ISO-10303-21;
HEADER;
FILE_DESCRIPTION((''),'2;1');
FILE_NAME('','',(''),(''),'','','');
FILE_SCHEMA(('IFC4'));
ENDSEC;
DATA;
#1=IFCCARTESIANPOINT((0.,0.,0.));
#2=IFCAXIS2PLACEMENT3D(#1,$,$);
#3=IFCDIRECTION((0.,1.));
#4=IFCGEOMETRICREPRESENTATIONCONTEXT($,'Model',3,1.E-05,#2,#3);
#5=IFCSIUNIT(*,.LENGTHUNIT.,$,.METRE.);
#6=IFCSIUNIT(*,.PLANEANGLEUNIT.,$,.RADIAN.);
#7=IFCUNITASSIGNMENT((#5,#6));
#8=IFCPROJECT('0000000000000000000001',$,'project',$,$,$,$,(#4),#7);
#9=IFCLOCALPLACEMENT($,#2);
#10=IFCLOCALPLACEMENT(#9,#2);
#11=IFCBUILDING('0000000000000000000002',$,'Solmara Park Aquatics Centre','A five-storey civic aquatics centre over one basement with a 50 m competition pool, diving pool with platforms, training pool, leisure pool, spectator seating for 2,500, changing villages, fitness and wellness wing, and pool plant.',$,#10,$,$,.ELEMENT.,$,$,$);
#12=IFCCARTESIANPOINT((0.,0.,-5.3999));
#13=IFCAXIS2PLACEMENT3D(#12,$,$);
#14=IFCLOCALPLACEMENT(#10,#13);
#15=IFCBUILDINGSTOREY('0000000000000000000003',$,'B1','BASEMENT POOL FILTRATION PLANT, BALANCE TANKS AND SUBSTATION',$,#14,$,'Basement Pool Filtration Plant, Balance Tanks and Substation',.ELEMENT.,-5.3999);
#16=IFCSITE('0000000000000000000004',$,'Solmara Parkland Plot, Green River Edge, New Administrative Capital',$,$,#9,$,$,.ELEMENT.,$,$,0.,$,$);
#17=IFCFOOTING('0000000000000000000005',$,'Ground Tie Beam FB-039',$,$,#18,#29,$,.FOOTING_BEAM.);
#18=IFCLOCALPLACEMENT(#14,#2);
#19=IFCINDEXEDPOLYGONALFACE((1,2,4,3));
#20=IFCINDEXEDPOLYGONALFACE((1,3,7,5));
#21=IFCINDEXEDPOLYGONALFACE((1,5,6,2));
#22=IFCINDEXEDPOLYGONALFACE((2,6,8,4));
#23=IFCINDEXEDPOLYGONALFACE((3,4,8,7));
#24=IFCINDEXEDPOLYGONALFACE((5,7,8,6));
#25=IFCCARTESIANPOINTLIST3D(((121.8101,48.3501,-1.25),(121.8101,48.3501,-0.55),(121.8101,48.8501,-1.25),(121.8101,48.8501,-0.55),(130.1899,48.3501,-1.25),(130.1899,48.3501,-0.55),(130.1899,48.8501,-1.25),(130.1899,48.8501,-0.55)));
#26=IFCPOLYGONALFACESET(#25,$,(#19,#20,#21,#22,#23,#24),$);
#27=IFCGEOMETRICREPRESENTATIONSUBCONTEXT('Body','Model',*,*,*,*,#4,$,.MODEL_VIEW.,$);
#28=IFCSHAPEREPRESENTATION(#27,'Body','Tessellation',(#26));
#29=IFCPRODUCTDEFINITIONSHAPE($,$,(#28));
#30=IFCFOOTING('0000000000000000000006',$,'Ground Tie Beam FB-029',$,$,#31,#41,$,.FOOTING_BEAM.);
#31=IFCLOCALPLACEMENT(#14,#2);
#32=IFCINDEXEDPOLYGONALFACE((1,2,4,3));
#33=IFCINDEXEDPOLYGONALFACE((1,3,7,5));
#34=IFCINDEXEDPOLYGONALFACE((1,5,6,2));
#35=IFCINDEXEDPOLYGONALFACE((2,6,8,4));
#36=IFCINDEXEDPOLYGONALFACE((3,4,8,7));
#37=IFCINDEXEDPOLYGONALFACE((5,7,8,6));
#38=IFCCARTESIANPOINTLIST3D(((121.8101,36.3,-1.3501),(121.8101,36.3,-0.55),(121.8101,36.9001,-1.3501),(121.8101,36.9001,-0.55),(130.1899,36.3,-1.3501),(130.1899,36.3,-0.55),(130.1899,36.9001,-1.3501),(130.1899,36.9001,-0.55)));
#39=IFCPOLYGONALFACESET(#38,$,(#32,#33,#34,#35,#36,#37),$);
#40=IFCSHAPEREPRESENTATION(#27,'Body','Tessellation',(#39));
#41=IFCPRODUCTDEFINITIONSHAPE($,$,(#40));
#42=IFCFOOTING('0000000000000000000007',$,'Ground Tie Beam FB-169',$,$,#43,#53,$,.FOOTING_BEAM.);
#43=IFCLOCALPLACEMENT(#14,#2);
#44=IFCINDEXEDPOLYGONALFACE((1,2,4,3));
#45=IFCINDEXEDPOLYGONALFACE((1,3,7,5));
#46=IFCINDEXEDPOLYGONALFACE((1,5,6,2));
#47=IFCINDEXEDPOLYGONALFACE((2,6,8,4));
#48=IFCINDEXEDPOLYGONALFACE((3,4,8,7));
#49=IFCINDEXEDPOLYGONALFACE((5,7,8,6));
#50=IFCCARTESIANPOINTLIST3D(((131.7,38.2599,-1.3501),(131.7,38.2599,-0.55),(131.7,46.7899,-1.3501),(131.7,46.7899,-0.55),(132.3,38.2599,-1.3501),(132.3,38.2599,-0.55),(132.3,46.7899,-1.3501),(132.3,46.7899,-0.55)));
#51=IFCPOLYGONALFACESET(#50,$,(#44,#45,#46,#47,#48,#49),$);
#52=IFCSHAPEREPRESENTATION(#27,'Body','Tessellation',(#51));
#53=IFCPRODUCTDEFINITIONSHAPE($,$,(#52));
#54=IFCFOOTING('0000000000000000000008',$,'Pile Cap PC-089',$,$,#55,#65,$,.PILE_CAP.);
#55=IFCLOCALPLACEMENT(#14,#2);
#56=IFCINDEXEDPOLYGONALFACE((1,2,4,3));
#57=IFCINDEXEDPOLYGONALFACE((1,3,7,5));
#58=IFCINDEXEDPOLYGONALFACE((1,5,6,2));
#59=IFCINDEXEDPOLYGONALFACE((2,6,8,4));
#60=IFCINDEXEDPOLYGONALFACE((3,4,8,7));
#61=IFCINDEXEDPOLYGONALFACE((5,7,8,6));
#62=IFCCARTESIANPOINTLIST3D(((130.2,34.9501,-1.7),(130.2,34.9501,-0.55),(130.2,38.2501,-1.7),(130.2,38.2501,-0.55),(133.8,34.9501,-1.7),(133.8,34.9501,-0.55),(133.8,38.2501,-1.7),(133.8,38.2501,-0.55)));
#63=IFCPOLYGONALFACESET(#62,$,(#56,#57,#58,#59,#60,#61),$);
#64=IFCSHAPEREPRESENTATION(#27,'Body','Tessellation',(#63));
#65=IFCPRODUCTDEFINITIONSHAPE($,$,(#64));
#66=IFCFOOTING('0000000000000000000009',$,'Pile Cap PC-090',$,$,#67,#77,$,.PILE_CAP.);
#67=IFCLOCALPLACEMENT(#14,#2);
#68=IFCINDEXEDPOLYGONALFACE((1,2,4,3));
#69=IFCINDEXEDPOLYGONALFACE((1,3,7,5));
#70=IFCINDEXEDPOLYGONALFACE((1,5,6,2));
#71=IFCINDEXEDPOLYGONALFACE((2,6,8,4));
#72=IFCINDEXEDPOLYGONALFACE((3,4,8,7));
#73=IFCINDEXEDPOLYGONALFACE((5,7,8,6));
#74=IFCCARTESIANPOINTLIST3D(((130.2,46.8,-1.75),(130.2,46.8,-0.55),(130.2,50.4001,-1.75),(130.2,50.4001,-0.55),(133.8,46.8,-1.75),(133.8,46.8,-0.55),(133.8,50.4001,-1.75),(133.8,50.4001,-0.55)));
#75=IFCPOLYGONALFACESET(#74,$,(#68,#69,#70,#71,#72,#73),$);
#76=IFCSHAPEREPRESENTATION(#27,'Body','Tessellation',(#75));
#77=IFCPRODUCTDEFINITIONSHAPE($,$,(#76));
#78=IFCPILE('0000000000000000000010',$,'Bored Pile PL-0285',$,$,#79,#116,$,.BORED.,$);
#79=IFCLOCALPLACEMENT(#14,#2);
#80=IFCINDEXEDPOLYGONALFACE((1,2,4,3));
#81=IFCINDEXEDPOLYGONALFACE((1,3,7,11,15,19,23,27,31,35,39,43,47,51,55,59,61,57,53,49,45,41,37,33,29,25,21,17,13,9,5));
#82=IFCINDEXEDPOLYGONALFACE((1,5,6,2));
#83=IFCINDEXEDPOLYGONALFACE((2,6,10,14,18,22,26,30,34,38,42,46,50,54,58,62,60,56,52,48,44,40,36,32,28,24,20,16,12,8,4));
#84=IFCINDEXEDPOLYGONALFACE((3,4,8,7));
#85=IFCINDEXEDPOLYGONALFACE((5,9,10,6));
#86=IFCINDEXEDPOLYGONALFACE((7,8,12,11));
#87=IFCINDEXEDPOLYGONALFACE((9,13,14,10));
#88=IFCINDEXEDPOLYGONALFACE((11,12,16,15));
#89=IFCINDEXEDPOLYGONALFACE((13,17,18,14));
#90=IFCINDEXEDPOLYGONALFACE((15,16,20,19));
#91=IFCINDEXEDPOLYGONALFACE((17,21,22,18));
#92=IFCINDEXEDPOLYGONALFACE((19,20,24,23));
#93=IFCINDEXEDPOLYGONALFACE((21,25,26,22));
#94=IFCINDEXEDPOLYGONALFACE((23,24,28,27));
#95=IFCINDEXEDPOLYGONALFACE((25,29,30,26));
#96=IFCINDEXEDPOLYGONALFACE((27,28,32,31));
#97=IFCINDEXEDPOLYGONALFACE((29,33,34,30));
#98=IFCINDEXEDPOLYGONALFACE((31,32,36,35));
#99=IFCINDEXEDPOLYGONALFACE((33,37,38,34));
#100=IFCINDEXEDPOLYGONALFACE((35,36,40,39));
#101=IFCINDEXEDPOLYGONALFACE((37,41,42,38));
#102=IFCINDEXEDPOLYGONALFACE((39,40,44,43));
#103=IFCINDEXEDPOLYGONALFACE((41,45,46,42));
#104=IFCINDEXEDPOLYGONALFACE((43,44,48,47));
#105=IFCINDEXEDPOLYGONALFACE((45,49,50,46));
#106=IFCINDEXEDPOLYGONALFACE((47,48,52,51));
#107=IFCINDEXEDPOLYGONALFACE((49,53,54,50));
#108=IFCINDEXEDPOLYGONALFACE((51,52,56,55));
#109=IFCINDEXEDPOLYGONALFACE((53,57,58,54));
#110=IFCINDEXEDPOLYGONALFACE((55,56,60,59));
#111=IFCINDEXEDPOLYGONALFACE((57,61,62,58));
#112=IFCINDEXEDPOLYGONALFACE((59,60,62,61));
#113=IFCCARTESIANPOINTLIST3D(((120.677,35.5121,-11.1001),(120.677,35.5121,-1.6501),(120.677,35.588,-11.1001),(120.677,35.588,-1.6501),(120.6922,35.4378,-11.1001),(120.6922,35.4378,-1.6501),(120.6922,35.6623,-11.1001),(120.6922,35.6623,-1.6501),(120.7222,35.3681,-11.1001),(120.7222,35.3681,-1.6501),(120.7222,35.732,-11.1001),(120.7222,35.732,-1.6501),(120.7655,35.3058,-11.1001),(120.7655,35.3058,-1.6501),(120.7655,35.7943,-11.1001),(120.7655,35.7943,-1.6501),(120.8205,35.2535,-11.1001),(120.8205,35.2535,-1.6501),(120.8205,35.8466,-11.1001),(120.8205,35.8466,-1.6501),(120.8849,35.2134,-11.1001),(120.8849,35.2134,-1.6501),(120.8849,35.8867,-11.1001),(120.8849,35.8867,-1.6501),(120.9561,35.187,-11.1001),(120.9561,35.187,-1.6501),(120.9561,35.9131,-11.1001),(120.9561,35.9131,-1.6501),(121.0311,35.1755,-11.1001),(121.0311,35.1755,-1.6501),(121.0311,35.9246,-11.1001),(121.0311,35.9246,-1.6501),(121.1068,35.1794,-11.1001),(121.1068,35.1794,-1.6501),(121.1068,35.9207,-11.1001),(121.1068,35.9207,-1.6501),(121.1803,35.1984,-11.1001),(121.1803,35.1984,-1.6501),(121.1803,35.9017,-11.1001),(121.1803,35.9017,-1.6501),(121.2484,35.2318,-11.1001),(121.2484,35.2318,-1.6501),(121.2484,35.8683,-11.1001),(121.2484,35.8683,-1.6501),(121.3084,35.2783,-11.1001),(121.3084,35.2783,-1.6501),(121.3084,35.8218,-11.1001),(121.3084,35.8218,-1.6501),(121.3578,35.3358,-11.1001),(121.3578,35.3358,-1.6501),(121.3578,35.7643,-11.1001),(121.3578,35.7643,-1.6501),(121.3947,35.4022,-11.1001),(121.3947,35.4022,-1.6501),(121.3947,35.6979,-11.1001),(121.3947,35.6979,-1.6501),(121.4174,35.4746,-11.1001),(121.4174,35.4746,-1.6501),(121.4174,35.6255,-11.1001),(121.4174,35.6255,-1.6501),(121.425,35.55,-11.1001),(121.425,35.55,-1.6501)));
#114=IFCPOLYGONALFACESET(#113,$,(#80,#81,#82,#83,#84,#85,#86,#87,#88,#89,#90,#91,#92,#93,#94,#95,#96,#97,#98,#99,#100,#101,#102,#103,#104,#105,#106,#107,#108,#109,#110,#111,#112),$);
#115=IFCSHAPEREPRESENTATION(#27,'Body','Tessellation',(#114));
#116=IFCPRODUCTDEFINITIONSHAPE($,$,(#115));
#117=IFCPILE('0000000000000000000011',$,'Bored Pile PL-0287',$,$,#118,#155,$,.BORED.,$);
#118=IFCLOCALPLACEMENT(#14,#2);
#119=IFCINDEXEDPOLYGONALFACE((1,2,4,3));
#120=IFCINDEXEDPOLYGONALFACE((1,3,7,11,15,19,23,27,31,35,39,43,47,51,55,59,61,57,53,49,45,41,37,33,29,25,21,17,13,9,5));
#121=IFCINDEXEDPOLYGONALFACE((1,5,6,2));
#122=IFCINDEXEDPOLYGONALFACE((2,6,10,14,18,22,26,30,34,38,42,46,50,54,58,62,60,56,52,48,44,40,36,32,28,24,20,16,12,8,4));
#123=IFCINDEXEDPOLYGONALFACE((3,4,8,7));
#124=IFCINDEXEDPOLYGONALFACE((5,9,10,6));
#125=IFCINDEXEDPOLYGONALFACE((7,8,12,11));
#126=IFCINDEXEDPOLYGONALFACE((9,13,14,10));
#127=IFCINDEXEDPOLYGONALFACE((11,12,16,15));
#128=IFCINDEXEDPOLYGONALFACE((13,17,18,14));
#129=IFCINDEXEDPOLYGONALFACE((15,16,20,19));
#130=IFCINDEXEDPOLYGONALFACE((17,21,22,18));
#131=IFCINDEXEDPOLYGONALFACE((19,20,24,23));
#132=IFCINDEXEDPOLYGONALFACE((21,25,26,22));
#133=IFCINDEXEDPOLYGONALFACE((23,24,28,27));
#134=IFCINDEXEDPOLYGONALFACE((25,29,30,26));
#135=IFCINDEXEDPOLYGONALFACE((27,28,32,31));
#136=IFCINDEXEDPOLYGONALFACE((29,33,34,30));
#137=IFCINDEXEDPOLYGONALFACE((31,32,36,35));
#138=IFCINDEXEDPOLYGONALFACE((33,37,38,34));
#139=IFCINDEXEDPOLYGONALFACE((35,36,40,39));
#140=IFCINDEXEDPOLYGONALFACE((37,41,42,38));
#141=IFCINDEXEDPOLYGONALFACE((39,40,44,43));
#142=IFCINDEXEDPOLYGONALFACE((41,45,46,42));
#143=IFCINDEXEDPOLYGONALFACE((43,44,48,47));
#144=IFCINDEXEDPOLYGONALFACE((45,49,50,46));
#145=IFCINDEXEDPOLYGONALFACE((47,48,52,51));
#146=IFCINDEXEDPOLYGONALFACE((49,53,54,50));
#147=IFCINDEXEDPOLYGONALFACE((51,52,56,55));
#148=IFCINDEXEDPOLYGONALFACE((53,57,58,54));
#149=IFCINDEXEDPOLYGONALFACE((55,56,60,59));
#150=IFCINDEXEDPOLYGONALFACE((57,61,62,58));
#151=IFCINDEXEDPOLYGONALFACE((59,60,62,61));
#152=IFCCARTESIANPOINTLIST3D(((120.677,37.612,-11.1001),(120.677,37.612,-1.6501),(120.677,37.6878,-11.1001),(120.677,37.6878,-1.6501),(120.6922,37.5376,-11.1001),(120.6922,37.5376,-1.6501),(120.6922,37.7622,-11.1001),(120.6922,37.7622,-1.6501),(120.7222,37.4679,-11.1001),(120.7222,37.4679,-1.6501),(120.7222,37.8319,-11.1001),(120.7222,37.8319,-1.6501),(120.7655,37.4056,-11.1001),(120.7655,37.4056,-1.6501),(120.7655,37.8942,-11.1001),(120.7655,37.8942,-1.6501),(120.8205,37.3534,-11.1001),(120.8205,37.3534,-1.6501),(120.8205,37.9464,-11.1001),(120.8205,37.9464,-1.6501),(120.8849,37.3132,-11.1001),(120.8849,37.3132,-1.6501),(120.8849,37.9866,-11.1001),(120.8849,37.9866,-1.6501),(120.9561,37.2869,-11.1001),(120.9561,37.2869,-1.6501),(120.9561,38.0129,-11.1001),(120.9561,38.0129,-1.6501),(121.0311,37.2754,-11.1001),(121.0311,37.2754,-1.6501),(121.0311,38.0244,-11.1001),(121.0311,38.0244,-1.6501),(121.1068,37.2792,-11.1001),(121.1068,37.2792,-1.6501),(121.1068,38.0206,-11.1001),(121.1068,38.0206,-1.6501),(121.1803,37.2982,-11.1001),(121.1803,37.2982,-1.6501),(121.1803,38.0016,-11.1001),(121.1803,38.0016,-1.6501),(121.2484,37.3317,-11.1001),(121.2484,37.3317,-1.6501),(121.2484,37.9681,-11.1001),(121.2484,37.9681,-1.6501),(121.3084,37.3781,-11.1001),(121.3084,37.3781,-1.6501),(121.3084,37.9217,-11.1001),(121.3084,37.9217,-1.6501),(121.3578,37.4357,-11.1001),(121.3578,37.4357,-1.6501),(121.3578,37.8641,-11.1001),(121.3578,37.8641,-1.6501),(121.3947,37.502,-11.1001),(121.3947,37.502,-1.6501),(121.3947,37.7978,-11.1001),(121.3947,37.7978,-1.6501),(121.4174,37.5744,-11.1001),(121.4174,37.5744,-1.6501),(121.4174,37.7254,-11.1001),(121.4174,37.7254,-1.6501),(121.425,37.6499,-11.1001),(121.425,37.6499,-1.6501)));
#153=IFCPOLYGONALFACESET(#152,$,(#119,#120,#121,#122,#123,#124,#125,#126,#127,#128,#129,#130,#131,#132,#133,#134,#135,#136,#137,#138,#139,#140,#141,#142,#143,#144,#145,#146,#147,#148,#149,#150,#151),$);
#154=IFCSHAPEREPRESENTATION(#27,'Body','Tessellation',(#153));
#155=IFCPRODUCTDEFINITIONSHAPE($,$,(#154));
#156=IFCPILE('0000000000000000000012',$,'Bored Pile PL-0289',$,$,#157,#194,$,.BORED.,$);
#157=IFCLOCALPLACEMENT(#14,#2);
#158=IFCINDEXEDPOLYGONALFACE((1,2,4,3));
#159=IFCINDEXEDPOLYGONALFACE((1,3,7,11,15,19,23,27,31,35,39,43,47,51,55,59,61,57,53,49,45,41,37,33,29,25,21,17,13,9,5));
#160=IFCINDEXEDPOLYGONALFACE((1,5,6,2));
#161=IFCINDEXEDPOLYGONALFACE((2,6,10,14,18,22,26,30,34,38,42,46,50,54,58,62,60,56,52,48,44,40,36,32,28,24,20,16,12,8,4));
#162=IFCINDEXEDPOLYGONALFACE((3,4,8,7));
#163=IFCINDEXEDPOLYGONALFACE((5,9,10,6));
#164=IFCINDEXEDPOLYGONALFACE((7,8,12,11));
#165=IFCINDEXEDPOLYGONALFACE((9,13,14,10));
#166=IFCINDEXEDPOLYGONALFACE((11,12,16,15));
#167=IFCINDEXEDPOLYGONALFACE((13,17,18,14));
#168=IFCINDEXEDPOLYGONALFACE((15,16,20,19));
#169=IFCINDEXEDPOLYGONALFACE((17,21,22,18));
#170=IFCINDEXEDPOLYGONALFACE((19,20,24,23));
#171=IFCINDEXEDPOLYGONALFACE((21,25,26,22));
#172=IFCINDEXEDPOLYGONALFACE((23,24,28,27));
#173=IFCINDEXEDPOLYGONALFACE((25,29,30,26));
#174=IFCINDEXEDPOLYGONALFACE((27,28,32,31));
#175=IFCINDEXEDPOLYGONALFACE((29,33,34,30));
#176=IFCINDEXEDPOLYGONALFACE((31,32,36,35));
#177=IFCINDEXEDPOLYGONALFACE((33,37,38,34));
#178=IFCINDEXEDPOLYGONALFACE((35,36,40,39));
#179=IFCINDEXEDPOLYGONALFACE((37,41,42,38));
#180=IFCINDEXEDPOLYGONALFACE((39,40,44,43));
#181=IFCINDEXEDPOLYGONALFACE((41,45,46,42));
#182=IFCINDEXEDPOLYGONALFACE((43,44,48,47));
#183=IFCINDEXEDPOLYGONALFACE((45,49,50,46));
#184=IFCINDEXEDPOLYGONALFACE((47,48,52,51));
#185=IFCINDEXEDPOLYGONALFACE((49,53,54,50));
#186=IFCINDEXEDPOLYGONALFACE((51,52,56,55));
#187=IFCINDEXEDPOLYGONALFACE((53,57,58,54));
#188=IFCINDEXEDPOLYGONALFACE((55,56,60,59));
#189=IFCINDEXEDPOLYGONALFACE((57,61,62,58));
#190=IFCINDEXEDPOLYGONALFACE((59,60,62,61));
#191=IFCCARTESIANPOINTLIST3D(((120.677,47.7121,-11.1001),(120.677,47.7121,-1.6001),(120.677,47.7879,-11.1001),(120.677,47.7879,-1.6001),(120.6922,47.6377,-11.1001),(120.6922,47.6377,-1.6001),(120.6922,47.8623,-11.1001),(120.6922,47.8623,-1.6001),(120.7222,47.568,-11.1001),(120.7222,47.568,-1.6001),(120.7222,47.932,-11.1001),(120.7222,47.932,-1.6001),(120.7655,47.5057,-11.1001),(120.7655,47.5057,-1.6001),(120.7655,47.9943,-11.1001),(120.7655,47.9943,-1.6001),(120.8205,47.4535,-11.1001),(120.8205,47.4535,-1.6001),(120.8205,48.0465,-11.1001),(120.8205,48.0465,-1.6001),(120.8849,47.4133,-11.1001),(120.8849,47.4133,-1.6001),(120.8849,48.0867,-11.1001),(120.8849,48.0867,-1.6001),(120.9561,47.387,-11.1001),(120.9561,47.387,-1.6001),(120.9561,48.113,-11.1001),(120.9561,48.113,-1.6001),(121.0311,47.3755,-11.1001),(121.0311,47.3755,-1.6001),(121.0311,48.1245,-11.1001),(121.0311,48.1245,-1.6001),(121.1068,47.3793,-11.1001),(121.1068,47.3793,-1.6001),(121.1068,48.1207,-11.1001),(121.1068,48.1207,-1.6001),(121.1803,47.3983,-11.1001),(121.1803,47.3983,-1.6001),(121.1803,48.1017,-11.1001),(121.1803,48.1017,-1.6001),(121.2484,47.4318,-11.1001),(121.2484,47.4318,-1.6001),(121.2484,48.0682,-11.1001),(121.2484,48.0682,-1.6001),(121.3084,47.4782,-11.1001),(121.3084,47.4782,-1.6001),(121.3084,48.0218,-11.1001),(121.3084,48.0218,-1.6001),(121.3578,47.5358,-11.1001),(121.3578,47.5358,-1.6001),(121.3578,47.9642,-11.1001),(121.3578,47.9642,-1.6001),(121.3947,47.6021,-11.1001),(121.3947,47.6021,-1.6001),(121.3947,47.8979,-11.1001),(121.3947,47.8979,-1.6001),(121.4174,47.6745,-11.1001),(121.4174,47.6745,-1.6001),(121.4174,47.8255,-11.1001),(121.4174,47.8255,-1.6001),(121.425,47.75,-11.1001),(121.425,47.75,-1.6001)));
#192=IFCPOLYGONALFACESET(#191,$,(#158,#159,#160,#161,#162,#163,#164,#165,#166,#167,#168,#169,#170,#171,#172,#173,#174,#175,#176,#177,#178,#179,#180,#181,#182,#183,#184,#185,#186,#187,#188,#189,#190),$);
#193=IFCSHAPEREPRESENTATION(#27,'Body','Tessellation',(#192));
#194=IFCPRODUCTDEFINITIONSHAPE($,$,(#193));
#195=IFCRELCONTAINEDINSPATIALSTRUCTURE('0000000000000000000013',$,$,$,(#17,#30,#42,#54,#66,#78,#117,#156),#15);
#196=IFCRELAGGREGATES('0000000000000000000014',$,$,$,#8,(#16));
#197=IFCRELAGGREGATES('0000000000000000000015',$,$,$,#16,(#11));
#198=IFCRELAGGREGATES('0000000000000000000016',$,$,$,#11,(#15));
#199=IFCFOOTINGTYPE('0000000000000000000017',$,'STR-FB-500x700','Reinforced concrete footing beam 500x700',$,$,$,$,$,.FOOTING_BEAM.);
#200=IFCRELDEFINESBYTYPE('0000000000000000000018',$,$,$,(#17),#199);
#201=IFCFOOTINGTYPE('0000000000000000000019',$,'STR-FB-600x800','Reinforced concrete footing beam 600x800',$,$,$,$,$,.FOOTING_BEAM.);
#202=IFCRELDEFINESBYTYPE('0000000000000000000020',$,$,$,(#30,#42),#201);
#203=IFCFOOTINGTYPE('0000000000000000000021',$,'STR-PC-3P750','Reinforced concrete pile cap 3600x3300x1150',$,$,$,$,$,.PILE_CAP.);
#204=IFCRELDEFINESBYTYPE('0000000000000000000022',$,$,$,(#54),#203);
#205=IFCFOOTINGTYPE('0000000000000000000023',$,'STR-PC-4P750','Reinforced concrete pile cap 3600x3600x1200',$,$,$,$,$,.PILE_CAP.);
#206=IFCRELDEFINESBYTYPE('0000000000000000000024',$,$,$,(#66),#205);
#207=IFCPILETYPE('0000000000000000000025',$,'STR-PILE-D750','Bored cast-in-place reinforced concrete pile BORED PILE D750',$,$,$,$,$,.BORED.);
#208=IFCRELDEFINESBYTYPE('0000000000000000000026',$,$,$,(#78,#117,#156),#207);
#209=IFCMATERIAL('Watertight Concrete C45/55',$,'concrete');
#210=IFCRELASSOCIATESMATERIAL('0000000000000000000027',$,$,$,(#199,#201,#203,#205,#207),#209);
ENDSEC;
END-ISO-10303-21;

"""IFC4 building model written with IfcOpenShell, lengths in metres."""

from ifc_helpers import new_model, si_unit, direction, frame, origin, origin_2d, place, context, subcontext, project, spatial, rectangle, circle, extrude, material, material_profile, profile_set, type_object, element, save


model = new_model("IFC4")

# Units and contexts
model_context = context("Model", 3, precision=1e-05, world=origin(), true_north=direction((0.0, 1.0)))
body_context = subcontext(model_context, "Body", "Model", "MODEL_VIEW")
ifc_project = project(units=[si_unit("LENGTHUNIT", "METRE"), si_unit("PLANEANGLEUNIT", "RADIAN")], contexts=[model_context])

# Site, building, storey
site_placement = place(None, origin())
site = spatial("IfcSite", under=ifc_project, at=site_placement, Name="Solmara Parkland Plot, Green River Edge, New Administrative Capital", CompositionType="ELEMENT", RefElevation=0.0)
building_placement = place(site_placement, origin())
building = spatial("IfcBuilding", under=site, at=building_placement, Name="Solmara Park Aquatics Centre", Description="A five-storey civic aquatics centre over one basement with a 50 m competition pool, diving pool with platforms, training pool, leisure pool, spectator seating for 2,500, changing villages, fitness and wellness wing, and pool plant.", CompositionType="ELEMENT")
storey_placement = place(building_placement, frame((0.0, 0.0, -5.3999)))
storey = spatial("IfcBuildingStorey", under=building, at=storey_placement, Name="B1", Description="BASEMENT POOL FILTRATION PLANT, BALANCE TANKS AND SUBSTATION", LongName="Basement Pool Filtration Plant, Balance Tanks and Substation", CompositionType="ELEMENT", Elevation=-5.3999)

# Footings
ifc_material_1 = material(Name="Watertight Concrete C45/55", Category="concrete")
footing_type_1 = type_object("IfcFootingType", Name="STR-FB-500x700", Description="Reinforced concrete footing beam 500x700", PredefinedType="FOOTING_BEAM", material=ifc_material_1)
footing_1_placement = place(storey_placement, frame((126.0, 48.6001, -1.25), z_axis=(0.0, 0.0, 1.0), x_axis=(1.0, 0.0, 0.0)))
element("IfcFooting", 1, at=footing_1_placement, inside=storey, type_object=footing_type_1, Name="Ground Tie Beam FB-039", PredefinedType="FOOTING_BEAM", context=body_context, shape_type="SweptSolid", body=[
    extrude(rectangle(XDim=8.3799, YDim=0.5, at=origin_2d()), origin(), (0.0, 0.0, 1.0), 0.7),
])
footing_type_2 = type_object("IfcFootingType", Name="STR-FB-600x800", Description="Reinforced concrete footing beam 600x800", PredefinedType="FOOTING_BEAM", material=ifc_material_1)
footing_2_placement = place(storey_placement, frame((126.0, 36.6001, -1.3501), z_axis=(0.0, 0.0, 1.0), x_axis=(1.0, 0.0, 0.0)))
element("IfcFooting", 2, at=footing_2_placement, inside=storey, type_object=footing_type_2, Name="Ground Tie Beam FB-029", PredefinedType="FOOTING_BEAM", context=body_context, shape_type="SweptSolid", body=[
    extrude(rectangle(XDim=8.3799, YDim=0.6001, at=origin_2d()), origin(), (0.0, 0.0, 1.0), 0.8),
])
footing_3_placement = place(storey_placement, frame((132.0, 42.5249, -1.3501), z_axis=(0.0, 0.0, 1.0), x_axis=(1.0, 0.0, 0.0)))
element("IfcFooting", 3, at=footing_3_placement, inside=storey, type_object=footing_type_2, Name="Ground Tie Beam FB-169", PredefinedType="FOOTING_BEAM", context=body_context, shape_type="SweptSolid", body=[
    extrude(rectangle(XDim=0.6001, YDim=8.53, at=origin_2d()), origin(), (0.0, 0.0, 1.0), 0.8),
])
footing_type_3 = type_object("IfcFootingType", Name="STR-PC-3P750", Description="Reinforced concrete pile cap 3600x3300x1150", PredefinedType="PILE_CAP", material=ifc_material_1)
footing_4_placement = place(storey_placement, frame((132.0, 36.6001, -1.7), z_axis=(0.0, 0.0, 1.0), x_axis=(1.0, 0.0, 0.0)))
element("IfcFooting", 4, at=footing_4_placement, inside=storey, type_object=footing_type_3, Name="Pile Cap PC-089", PredefinedType="PILE_CAP", context=body_context, shape_type="SweptSolid", body=[
    extrude(rectangle(XDim=3.6001, YDim=3.3, at=origin_2d()), origin(), (0.0, 0.0, 1.0), 1.1499),
])
footing_type_4 = type_object("IfcFootingType", Name="STR-PC-4P750", Description="Reinforced concrete pile cap 3600x3600x1200", PredefinedType="PILE_CAP", material=ifc_material_1)
footing_5_placement = place(storey_placement, frame((132.0, 48.6001, -1.75), z_axis=(0.0, 0.0, 1.0), x_axis=(1.0, 0.0, 0.0)))
element("IfcFooting", 5, at=footing_5_placement, inside=storey, type_object=footing_type_4, Name="Pile Cap PC-090", PredefinedType="PILE_CAP", context=body_context, shape_type="SweptSolid", body=[
    extrude(rectangle(XDim=3.6001, YDim=3.6001, at=origin_2d()), origin(), (0.0, 0.0, 1.0), 1.2),
])

# Piles
ifc_material_profile_1 = material_profile(ifc_material_1, circle(Radius=0.375, at=origin_2d()), Name="BORED PILE D750")
ifc_profile_set_1 = profile_set([ifc_material_profile_1], Name="Watertight Concrete C45/55")
pile_type_1 = type_object("IfcPileType", Name="STR-PILE-D750", Description="Bored cast-in-place reinforced concrete pile BORED PILE D750", PredefinedType="BORED", material=ifc_profile_set_1)
for number, where, z_axis, x_axis, name in (
    (6, (121.05, 35.55, -1.6501), (0.0, 0.0, -1.0), (1.0, 0.0, 0.0), "Bored Pile PL-0285"),
    (7, (121.05, 37.6499, -1.6501), (0.0, 0.0, -1.0), (1.0, 0.0, 0.0), "Bored Pile PL-0287"),
):
    element("IfcPile", number, at=place(storey_placement, frame(where, z_axis=z_axis, x_axis=x_axis)), inside=storey, type_object=pile_type_1, Name=name, PredefinedType="BORED", context=body_context, shape_type="SweptSolid", body=[
        extrude(circle(Radius=0.375, at=origin_2d()), origin(), (0.0, 0.0, 1.0), 9.45),
    ])
for number, where, z_axis, x_axis, name in (
    (8, (121.05, 47.75, -1.6001), (0.0, 0.0, -1.0), (1.0, 0.0, 0.0), "Bored Pile PL-0289"),
):
    element("IfcPile", number, at=place(storey_placement, frame(where, z_axis=z_axis, x_axis=x_axis)), inside=storey, type_object=pile_type_1, Name=name, PredefinedType="BORED", context=body_context, shape_type="SweptSolid", body=[
        extrude(circle(Radius=0.375, at=origin_2d()), origin(), (0.0, 0.0, 1.0), 9.5),
    ])

save(model, "model.ifc")
